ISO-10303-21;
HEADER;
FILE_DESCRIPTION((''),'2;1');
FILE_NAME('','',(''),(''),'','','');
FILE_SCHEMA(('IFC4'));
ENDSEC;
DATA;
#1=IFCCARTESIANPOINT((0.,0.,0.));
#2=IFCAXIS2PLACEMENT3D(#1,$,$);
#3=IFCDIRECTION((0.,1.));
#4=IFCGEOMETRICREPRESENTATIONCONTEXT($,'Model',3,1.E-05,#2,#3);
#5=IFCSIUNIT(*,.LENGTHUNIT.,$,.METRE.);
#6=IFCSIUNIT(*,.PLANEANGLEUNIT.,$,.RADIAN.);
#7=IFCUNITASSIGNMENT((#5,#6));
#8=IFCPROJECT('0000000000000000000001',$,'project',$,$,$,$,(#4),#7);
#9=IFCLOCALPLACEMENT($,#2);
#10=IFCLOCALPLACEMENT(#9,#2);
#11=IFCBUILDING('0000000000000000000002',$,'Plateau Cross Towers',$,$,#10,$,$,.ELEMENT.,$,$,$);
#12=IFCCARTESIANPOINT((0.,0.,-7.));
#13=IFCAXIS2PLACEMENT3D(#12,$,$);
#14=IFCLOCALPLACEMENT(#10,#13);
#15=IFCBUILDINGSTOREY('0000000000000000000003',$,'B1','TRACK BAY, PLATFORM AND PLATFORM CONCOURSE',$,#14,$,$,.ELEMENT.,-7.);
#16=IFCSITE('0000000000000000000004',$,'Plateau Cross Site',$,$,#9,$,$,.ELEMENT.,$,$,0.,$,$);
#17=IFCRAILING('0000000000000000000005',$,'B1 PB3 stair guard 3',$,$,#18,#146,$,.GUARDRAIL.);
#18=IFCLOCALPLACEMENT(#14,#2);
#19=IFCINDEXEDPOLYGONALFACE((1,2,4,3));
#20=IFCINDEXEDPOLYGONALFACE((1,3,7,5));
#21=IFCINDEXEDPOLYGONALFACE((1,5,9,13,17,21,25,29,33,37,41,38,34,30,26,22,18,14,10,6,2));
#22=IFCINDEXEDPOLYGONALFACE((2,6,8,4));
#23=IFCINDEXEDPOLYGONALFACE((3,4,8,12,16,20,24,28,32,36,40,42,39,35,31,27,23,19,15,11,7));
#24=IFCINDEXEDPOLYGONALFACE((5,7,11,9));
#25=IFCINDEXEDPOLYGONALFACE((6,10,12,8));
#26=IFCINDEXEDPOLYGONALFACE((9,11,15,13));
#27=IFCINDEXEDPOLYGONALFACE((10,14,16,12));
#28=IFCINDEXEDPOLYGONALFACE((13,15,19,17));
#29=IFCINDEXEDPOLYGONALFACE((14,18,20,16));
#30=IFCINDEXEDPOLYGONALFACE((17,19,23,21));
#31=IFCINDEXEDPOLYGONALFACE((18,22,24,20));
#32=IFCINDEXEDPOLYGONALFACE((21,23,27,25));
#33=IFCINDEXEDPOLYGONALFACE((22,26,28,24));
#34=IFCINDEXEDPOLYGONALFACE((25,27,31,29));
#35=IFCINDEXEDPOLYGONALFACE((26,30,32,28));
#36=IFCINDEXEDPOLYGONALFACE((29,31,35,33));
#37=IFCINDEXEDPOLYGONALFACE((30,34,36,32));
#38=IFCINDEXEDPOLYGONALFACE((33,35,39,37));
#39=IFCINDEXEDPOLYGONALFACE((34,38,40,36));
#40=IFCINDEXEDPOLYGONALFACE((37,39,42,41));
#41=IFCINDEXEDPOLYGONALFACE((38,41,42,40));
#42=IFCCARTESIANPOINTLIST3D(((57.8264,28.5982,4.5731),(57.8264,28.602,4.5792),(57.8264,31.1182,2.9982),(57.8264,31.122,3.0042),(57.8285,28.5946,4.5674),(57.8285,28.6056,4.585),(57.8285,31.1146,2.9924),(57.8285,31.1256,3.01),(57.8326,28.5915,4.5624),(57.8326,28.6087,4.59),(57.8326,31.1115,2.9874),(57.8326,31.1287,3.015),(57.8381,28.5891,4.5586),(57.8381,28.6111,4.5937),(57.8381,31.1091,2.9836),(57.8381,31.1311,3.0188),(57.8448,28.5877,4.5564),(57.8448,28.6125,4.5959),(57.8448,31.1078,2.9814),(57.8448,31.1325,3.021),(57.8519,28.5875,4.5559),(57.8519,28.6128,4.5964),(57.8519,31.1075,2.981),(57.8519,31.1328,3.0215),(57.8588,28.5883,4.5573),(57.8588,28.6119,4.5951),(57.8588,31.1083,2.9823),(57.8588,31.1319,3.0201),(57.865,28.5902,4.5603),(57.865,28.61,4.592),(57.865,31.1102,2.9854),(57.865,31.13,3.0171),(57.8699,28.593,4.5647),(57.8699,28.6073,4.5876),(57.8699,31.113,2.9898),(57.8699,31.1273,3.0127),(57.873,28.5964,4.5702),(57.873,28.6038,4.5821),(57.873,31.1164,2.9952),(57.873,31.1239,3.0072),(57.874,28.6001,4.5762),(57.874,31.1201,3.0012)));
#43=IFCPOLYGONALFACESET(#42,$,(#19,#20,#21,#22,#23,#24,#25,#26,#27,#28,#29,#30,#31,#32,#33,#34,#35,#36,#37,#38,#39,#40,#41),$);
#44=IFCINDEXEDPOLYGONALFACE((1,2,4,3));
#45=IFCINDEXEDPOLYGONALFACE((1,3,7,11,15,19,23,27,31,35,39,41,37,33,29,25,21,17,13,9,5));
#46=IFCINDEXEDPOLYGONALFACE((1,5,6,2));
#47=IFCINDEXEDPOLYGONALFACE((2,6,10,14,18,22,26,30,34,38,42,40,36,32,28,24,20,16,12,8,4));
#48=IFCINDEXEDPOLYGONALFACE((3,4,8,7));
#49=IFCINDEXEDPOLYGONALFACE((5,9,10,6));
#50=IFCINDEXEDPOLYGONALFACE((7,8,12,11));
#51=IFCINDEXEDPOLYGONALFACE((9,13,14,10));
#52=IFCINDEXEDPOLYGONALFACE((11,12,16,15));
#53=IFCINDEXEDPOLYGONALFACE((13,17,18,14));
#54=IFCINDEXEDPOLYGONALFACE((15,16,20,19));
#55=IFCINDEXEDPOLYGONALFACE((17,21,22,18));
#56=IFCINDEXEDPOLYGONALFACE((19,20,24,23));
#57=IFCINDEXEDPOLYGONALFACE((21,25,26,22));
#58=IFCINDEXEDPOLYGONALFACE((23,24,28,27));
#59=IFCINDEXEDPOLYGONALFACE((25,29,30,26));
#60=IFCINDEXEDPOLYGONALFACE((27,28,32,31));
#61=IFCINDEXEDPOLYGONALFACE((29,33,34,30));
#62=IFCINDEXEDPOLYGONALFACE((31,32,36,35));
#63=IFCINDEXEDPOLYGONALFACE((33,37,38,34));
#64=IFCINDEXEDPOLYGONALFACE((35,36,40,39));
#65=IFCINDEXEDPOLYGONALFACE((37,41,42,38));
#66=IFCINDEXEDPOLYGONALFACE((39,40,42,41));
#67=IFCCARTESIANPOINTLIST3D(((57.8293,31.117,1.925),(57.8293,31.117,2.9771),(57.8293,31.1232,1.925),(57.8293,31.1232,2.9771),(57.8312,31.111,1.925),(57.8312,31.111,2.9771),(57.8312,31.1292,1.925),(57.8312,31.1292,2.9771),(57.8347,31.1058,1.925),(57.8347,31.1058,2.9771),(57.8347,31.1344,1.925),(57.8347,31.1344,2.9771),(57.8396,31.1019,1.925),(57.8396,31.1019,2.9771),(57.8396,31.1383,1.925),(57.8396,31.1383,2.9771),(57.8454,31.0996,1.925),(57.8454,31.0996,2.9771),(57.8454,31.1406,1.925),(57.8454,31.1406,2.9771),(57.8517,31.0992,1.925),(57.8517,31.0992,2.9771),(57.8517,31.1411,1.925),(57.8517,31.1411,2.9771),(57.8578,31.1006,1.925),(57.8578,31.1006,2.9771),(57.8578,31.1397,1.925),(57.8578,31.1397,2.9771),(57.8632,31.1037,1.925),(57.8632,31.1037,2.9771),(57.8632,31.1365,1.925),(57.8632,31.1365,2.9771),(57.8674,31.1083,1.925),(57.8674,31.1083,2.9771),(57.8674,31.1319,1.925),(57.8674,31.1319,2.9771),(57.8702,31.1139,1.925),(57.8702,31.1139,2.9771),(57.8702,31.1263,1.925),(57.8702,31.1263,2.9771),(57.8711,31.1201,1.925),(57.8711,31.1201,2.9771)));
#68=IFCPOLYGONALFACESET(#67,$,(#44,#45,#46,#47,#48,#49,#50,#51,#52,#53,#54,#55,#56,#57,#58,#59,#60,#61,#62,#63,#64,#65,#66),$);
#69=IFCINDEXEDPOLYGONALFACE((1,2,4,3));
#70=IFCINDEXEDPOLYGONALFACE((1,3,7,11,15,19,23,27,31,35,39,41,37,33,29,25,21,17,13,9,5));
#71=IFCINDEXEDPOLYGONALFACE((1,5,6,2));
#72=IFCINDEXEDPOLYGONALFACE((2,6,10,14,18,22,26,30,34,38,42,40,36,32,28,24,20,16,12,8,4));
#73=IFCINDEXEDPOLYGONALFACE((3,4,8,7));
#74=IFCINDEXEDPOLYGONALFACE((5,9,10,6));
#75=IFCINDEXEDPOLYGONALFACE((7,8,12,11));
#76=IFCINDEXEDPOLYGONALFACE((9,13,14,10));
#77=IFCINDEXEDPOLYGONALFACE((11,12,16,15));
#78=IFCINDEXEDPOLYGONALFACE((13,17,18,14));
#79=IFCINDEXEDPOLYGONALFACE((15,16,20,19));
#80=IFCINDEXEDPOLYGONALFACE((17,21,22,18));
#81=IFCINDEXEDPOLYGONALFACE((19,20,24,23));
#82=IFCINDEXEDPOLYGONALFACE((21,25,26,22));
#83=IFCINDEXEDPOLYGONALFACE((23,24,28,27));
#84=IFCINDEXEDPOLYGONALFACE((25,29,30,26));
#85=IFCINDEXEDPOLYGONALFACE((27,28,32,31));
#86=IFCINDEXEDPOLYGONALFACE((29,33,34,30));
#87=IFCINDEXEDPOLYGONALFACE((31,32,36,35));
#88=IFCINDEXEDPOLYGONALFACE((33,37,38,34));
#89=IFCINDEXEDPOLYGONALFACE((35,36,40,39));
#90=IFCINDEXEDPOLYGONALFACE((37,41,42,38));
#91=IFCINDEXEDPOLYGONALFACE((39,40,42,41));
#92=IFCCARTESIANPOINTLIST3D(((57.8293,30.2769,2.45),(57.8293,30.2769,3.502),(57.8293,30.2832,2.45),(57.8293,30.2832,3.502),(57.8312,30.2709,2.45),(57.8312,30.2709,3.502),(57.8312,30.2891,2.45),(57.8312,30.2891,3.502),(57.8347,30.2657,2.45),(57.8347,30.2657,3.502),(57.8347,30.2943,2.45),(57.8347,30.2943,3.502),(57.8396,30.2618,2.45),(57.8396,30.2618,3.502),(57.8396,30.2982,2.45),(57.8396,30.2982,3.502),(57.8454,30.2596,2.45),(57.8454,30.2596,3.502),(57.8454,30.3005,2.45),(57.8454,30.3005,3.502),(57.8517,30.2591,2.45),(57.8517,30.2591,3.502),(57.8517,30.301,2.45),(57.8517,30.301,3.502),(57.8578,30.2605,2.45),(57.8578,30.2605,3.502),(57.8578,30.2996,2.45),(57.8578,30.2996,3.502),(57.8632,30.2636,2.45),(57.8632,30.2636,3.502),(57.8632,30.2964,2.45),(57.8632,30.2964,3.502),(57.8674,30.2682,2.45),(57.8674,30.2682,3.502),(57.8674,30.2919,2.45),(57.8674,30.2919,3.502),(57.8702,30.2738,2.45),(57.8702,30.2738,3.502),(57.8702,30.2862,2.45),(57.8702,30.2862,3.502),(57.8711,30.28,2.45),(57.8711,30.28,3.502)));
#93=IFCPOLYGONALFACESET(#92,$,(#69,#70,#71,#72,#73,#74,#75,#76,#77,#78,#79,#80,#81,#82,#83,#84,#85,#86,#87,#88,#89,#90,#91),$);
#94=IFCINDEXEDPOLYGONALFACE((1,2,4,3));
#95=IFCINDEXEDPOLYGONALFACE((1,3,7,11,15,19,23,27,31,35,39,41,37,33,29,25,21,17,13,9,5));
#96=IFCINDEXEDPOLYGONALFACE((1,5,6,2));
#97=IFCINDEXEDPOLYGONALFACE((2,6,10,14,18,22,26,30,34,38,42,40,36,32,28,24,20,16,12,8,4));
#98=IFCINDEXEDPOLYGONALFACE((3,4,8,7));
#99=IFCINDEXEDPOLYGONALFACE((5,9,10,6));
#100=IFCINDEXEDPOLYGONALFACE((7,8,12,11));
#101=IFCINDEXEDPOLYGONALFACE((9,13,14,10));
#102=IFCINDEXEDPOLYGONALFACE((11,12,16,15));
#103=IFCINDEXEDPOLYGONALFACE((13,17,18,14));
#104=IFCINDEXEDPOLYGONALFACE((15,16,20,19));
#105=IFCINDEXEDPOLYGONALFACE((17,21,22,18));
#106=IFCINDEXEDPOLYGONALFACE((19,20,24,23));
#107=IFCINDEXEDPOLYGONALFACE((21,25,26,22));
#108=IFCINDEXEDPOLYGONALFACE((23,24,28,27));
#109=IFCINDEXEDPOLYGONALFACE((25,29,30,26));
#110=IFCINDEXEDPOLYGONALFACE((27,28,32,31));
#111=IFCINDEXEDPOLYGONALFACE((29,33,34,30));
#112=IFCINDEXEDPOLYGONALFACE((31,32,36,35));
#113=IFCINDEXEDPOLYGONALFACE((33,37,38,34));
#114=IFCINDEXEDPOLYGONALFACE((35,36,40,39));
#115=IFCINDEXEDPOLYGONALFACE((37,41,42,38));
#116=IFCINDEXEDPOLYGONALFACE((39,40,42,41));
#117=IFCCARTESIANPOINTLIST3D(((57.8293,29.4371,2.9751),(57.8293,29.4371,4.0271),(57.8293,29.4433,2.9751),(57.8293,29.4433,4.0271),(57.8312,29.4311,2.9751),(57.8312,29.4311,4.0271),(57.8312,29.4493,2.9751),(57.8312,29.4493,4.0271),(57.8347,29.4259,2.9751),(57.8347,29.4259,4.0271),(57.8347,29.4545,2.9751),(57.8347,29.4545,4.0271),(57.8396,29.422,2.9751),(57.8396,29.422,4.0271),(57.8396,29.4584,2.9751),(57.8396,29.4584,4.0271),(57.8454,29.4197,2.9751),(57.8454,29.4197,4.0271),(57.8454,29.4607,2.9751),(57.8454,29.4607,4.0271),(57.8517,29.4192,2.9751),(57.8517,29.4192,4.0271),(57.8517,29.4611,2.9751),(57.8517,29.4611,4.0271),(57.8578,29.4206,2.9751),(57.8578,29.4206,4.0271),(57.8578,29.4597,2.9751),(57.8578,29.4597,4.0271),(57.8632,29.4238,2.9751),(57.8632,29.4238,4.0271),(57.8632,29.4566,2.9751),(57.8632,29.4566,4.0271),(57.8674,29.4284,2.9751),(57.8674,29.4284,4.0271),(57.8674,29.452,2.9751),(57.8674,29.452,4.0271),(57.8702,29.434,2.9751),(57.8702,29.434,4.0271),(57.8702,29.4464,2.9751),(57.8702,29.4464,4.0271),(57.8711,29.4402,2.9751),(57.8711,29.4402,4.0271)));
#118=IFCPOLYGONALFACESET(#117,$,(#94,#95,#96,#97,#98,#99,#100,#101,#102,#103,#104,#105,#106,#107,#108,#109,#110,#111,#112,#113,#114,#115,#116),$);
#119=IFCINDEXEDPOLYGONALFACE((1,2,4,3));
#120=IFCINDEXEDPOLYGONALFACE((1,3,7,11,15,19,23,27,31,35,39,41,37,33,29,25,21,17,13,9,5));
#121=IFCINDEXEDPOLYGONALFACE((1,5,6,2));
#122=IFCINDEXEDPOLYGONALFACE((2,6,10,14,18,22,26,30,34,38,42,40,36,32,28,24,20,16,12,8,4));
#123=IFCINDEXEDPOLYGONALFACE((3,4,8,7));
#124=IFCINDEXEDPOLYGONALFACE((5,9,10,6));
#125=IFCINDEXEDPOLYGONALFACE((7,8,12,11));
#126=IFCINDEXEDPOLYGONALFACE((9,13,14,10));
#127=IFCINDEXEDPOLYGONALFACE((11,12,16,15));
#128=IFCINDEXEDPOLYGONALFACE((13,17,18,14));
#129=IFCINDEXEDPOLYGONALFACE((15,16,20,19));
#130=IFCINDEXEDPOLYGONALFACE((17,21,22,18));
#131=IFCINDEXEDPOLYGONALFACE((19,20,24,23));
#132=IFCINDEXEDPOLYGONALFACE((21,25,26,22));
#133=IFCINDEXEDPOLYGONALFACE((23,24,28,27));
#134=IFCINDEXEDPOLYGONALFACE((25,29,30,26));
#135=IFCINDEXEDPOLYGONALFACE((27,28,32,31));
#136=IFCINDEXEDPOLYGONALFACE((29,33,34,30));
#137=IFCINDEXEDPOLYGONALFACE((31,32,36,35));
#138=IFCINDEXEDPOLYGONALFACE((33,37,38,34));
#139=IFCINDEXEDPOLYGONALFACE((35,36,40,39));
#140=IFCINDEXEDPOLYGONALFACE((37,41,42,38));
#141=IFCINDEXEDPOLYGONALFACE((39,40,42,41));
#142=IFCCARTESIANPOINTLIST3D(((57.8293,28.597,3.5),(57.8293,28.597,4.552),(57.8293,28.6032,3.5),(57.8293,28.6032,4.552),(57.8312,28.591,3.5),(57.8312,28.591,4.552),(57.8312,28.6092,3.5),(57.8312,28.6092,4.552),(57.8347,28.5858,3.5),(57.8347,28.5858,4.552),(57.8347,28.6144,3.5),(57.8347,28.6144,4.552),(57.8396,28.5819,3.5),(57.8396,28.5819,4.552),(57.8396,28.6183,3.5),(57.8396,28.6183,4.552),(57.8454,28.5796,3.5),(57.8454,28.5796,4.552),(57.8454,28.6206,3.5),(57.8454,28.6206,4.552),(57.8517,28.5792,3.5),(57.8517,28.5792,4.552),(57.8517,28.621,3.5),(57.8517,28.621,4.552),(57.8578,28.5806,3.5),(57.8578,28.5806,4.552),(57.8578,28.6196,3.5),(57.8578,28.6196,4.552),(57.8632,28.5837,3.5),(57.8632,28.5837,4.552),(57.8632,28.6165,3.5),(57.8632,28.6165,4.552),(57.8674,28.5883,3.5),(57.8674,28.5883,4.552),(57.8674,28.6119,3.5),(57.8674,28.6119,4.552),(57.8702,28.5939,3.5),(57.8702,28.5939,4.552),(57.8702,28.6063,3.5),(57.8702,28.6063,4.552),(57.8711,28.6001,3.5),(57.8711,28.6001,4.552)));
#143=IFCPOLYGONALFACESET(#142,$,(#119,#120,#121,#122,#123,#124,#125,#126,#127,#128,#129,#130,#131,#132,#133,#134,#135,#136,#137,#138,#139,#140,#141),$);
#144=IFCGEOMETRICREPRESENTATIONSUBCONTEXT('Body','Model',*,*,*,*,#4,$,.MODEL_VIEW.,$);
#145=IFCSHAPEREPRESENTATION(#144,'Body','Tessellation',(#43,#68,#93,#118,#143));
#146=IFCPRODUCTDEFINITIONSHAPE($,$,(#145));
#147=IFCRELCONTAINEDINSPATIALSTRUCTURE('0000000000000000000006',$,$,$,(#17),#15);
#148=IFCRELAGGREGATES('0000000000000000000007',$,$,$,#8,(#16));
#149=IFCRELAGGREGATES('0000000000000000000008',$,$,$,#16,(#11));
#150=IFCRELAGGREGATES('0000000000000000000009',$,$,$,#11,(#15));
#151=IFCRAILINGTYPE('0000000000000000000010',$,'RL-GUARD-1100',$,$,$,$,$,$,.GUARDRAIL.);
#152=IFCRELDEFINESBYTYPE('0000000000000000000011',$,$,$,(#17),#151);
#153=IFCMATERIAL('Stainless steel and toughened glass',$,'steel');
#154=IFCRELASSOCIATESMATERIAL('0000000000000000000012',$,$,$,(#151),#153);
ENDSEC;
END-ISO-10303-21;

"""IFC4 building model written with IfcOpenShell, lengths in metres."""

from ifc_helpers import new_model, si_unit, direction, frame, origin, origin_2d, place, context, subcontext, project, spatial, circle, extrude, material, type_object, element, save


model = new_model("IFC4")

# Units and contexts
model_context = context("Model", 3, precision=1e-05, world=origin(), true_north=direction((0.0, 1.0)))
body_context = subcontext(model_context, "Body", "Model", "MODEL_VIEW")
ifc_project = project(units=[si_unit("LENGTHUNIT", "METRE"), si_unit("PLANEANGLEUNIT", "RADIAN")], contexts=[model_context])

# Site, building, storey
site_placement = place(None, origin())
site = spatial("IfcSite", under=ifc_project, at=site_placement, Name="Plateau Cross Site", CompositionType="ELEMENT", RefElevation=0.0)
building_placement = place(site_placement, origin())
building = spatial("IfcBuilding", under=site, at=building_placement, Name="Plateau Cross Towers", CompositionType="ELEMENT")
storey_placement = place(building_placement, frame((0.0, 0.0, -7.0)))
storey = spatial("IfcBuildingStorey", under=building, at=storey_placement, Name="B1", Description="TRACK BAY, PLATFORM AND PLATFORM CONCOURSE", CompositionType="ELEMENT", Elevation=-7.0)

# Railing
ifc_material_1 = material(Name="Stainless steel and toughened glass", Category="steel")
railing_type_1 = type_object("IfcRailingType", Name="RL-GUARD-1100", PredefinedType="GUARDRAIL", material=ifc_material_1)
railing_1_placement = place(storey_placement, frame((57.8501, 31.1201, 1.925)))
element("IfcRailing", 1, at=railing_1_placement, inside=storey, type_object=railing_type_1, Name="B1 PB3 stair guard 3", PredefinedType="GUARDRAIL", context=body_context, shape_type="SweptSolid", body=[
    extrude(circle(Radius=0.0239, at=origin_2d()), frame((0.0, 0.0, 1.0762), z_axis=(0.0, -0.848008, 0.529984), x_axis=(1.0, 0.0, 0.0)), (0.0, 0.0, 1.0), 2.9717),
    extrude(circle(Radius=0.021, at=origin_2d()), origin(), (0.0, 0.0, 1.0), 1.052),
    extrude(circle(Radius=0.021, at=origin_2d()), frame((0.0, -0.8401, 0.5249)), (0.0, 0.0, 1.0), 1.052),
    extrude(circle(Radius=0.021, at=origin_2d()), frame((0.0, -1.6799, 1.05)), (0.0, 0.0, 1.0), 1.052),
    extrude(circle(Radius=0.021, at=origin_2d()), frame((0.0, -2.52, 1.575)), (0.0, 0.0, 1.0), 1.052),
])

save(model, "model.ifc")
